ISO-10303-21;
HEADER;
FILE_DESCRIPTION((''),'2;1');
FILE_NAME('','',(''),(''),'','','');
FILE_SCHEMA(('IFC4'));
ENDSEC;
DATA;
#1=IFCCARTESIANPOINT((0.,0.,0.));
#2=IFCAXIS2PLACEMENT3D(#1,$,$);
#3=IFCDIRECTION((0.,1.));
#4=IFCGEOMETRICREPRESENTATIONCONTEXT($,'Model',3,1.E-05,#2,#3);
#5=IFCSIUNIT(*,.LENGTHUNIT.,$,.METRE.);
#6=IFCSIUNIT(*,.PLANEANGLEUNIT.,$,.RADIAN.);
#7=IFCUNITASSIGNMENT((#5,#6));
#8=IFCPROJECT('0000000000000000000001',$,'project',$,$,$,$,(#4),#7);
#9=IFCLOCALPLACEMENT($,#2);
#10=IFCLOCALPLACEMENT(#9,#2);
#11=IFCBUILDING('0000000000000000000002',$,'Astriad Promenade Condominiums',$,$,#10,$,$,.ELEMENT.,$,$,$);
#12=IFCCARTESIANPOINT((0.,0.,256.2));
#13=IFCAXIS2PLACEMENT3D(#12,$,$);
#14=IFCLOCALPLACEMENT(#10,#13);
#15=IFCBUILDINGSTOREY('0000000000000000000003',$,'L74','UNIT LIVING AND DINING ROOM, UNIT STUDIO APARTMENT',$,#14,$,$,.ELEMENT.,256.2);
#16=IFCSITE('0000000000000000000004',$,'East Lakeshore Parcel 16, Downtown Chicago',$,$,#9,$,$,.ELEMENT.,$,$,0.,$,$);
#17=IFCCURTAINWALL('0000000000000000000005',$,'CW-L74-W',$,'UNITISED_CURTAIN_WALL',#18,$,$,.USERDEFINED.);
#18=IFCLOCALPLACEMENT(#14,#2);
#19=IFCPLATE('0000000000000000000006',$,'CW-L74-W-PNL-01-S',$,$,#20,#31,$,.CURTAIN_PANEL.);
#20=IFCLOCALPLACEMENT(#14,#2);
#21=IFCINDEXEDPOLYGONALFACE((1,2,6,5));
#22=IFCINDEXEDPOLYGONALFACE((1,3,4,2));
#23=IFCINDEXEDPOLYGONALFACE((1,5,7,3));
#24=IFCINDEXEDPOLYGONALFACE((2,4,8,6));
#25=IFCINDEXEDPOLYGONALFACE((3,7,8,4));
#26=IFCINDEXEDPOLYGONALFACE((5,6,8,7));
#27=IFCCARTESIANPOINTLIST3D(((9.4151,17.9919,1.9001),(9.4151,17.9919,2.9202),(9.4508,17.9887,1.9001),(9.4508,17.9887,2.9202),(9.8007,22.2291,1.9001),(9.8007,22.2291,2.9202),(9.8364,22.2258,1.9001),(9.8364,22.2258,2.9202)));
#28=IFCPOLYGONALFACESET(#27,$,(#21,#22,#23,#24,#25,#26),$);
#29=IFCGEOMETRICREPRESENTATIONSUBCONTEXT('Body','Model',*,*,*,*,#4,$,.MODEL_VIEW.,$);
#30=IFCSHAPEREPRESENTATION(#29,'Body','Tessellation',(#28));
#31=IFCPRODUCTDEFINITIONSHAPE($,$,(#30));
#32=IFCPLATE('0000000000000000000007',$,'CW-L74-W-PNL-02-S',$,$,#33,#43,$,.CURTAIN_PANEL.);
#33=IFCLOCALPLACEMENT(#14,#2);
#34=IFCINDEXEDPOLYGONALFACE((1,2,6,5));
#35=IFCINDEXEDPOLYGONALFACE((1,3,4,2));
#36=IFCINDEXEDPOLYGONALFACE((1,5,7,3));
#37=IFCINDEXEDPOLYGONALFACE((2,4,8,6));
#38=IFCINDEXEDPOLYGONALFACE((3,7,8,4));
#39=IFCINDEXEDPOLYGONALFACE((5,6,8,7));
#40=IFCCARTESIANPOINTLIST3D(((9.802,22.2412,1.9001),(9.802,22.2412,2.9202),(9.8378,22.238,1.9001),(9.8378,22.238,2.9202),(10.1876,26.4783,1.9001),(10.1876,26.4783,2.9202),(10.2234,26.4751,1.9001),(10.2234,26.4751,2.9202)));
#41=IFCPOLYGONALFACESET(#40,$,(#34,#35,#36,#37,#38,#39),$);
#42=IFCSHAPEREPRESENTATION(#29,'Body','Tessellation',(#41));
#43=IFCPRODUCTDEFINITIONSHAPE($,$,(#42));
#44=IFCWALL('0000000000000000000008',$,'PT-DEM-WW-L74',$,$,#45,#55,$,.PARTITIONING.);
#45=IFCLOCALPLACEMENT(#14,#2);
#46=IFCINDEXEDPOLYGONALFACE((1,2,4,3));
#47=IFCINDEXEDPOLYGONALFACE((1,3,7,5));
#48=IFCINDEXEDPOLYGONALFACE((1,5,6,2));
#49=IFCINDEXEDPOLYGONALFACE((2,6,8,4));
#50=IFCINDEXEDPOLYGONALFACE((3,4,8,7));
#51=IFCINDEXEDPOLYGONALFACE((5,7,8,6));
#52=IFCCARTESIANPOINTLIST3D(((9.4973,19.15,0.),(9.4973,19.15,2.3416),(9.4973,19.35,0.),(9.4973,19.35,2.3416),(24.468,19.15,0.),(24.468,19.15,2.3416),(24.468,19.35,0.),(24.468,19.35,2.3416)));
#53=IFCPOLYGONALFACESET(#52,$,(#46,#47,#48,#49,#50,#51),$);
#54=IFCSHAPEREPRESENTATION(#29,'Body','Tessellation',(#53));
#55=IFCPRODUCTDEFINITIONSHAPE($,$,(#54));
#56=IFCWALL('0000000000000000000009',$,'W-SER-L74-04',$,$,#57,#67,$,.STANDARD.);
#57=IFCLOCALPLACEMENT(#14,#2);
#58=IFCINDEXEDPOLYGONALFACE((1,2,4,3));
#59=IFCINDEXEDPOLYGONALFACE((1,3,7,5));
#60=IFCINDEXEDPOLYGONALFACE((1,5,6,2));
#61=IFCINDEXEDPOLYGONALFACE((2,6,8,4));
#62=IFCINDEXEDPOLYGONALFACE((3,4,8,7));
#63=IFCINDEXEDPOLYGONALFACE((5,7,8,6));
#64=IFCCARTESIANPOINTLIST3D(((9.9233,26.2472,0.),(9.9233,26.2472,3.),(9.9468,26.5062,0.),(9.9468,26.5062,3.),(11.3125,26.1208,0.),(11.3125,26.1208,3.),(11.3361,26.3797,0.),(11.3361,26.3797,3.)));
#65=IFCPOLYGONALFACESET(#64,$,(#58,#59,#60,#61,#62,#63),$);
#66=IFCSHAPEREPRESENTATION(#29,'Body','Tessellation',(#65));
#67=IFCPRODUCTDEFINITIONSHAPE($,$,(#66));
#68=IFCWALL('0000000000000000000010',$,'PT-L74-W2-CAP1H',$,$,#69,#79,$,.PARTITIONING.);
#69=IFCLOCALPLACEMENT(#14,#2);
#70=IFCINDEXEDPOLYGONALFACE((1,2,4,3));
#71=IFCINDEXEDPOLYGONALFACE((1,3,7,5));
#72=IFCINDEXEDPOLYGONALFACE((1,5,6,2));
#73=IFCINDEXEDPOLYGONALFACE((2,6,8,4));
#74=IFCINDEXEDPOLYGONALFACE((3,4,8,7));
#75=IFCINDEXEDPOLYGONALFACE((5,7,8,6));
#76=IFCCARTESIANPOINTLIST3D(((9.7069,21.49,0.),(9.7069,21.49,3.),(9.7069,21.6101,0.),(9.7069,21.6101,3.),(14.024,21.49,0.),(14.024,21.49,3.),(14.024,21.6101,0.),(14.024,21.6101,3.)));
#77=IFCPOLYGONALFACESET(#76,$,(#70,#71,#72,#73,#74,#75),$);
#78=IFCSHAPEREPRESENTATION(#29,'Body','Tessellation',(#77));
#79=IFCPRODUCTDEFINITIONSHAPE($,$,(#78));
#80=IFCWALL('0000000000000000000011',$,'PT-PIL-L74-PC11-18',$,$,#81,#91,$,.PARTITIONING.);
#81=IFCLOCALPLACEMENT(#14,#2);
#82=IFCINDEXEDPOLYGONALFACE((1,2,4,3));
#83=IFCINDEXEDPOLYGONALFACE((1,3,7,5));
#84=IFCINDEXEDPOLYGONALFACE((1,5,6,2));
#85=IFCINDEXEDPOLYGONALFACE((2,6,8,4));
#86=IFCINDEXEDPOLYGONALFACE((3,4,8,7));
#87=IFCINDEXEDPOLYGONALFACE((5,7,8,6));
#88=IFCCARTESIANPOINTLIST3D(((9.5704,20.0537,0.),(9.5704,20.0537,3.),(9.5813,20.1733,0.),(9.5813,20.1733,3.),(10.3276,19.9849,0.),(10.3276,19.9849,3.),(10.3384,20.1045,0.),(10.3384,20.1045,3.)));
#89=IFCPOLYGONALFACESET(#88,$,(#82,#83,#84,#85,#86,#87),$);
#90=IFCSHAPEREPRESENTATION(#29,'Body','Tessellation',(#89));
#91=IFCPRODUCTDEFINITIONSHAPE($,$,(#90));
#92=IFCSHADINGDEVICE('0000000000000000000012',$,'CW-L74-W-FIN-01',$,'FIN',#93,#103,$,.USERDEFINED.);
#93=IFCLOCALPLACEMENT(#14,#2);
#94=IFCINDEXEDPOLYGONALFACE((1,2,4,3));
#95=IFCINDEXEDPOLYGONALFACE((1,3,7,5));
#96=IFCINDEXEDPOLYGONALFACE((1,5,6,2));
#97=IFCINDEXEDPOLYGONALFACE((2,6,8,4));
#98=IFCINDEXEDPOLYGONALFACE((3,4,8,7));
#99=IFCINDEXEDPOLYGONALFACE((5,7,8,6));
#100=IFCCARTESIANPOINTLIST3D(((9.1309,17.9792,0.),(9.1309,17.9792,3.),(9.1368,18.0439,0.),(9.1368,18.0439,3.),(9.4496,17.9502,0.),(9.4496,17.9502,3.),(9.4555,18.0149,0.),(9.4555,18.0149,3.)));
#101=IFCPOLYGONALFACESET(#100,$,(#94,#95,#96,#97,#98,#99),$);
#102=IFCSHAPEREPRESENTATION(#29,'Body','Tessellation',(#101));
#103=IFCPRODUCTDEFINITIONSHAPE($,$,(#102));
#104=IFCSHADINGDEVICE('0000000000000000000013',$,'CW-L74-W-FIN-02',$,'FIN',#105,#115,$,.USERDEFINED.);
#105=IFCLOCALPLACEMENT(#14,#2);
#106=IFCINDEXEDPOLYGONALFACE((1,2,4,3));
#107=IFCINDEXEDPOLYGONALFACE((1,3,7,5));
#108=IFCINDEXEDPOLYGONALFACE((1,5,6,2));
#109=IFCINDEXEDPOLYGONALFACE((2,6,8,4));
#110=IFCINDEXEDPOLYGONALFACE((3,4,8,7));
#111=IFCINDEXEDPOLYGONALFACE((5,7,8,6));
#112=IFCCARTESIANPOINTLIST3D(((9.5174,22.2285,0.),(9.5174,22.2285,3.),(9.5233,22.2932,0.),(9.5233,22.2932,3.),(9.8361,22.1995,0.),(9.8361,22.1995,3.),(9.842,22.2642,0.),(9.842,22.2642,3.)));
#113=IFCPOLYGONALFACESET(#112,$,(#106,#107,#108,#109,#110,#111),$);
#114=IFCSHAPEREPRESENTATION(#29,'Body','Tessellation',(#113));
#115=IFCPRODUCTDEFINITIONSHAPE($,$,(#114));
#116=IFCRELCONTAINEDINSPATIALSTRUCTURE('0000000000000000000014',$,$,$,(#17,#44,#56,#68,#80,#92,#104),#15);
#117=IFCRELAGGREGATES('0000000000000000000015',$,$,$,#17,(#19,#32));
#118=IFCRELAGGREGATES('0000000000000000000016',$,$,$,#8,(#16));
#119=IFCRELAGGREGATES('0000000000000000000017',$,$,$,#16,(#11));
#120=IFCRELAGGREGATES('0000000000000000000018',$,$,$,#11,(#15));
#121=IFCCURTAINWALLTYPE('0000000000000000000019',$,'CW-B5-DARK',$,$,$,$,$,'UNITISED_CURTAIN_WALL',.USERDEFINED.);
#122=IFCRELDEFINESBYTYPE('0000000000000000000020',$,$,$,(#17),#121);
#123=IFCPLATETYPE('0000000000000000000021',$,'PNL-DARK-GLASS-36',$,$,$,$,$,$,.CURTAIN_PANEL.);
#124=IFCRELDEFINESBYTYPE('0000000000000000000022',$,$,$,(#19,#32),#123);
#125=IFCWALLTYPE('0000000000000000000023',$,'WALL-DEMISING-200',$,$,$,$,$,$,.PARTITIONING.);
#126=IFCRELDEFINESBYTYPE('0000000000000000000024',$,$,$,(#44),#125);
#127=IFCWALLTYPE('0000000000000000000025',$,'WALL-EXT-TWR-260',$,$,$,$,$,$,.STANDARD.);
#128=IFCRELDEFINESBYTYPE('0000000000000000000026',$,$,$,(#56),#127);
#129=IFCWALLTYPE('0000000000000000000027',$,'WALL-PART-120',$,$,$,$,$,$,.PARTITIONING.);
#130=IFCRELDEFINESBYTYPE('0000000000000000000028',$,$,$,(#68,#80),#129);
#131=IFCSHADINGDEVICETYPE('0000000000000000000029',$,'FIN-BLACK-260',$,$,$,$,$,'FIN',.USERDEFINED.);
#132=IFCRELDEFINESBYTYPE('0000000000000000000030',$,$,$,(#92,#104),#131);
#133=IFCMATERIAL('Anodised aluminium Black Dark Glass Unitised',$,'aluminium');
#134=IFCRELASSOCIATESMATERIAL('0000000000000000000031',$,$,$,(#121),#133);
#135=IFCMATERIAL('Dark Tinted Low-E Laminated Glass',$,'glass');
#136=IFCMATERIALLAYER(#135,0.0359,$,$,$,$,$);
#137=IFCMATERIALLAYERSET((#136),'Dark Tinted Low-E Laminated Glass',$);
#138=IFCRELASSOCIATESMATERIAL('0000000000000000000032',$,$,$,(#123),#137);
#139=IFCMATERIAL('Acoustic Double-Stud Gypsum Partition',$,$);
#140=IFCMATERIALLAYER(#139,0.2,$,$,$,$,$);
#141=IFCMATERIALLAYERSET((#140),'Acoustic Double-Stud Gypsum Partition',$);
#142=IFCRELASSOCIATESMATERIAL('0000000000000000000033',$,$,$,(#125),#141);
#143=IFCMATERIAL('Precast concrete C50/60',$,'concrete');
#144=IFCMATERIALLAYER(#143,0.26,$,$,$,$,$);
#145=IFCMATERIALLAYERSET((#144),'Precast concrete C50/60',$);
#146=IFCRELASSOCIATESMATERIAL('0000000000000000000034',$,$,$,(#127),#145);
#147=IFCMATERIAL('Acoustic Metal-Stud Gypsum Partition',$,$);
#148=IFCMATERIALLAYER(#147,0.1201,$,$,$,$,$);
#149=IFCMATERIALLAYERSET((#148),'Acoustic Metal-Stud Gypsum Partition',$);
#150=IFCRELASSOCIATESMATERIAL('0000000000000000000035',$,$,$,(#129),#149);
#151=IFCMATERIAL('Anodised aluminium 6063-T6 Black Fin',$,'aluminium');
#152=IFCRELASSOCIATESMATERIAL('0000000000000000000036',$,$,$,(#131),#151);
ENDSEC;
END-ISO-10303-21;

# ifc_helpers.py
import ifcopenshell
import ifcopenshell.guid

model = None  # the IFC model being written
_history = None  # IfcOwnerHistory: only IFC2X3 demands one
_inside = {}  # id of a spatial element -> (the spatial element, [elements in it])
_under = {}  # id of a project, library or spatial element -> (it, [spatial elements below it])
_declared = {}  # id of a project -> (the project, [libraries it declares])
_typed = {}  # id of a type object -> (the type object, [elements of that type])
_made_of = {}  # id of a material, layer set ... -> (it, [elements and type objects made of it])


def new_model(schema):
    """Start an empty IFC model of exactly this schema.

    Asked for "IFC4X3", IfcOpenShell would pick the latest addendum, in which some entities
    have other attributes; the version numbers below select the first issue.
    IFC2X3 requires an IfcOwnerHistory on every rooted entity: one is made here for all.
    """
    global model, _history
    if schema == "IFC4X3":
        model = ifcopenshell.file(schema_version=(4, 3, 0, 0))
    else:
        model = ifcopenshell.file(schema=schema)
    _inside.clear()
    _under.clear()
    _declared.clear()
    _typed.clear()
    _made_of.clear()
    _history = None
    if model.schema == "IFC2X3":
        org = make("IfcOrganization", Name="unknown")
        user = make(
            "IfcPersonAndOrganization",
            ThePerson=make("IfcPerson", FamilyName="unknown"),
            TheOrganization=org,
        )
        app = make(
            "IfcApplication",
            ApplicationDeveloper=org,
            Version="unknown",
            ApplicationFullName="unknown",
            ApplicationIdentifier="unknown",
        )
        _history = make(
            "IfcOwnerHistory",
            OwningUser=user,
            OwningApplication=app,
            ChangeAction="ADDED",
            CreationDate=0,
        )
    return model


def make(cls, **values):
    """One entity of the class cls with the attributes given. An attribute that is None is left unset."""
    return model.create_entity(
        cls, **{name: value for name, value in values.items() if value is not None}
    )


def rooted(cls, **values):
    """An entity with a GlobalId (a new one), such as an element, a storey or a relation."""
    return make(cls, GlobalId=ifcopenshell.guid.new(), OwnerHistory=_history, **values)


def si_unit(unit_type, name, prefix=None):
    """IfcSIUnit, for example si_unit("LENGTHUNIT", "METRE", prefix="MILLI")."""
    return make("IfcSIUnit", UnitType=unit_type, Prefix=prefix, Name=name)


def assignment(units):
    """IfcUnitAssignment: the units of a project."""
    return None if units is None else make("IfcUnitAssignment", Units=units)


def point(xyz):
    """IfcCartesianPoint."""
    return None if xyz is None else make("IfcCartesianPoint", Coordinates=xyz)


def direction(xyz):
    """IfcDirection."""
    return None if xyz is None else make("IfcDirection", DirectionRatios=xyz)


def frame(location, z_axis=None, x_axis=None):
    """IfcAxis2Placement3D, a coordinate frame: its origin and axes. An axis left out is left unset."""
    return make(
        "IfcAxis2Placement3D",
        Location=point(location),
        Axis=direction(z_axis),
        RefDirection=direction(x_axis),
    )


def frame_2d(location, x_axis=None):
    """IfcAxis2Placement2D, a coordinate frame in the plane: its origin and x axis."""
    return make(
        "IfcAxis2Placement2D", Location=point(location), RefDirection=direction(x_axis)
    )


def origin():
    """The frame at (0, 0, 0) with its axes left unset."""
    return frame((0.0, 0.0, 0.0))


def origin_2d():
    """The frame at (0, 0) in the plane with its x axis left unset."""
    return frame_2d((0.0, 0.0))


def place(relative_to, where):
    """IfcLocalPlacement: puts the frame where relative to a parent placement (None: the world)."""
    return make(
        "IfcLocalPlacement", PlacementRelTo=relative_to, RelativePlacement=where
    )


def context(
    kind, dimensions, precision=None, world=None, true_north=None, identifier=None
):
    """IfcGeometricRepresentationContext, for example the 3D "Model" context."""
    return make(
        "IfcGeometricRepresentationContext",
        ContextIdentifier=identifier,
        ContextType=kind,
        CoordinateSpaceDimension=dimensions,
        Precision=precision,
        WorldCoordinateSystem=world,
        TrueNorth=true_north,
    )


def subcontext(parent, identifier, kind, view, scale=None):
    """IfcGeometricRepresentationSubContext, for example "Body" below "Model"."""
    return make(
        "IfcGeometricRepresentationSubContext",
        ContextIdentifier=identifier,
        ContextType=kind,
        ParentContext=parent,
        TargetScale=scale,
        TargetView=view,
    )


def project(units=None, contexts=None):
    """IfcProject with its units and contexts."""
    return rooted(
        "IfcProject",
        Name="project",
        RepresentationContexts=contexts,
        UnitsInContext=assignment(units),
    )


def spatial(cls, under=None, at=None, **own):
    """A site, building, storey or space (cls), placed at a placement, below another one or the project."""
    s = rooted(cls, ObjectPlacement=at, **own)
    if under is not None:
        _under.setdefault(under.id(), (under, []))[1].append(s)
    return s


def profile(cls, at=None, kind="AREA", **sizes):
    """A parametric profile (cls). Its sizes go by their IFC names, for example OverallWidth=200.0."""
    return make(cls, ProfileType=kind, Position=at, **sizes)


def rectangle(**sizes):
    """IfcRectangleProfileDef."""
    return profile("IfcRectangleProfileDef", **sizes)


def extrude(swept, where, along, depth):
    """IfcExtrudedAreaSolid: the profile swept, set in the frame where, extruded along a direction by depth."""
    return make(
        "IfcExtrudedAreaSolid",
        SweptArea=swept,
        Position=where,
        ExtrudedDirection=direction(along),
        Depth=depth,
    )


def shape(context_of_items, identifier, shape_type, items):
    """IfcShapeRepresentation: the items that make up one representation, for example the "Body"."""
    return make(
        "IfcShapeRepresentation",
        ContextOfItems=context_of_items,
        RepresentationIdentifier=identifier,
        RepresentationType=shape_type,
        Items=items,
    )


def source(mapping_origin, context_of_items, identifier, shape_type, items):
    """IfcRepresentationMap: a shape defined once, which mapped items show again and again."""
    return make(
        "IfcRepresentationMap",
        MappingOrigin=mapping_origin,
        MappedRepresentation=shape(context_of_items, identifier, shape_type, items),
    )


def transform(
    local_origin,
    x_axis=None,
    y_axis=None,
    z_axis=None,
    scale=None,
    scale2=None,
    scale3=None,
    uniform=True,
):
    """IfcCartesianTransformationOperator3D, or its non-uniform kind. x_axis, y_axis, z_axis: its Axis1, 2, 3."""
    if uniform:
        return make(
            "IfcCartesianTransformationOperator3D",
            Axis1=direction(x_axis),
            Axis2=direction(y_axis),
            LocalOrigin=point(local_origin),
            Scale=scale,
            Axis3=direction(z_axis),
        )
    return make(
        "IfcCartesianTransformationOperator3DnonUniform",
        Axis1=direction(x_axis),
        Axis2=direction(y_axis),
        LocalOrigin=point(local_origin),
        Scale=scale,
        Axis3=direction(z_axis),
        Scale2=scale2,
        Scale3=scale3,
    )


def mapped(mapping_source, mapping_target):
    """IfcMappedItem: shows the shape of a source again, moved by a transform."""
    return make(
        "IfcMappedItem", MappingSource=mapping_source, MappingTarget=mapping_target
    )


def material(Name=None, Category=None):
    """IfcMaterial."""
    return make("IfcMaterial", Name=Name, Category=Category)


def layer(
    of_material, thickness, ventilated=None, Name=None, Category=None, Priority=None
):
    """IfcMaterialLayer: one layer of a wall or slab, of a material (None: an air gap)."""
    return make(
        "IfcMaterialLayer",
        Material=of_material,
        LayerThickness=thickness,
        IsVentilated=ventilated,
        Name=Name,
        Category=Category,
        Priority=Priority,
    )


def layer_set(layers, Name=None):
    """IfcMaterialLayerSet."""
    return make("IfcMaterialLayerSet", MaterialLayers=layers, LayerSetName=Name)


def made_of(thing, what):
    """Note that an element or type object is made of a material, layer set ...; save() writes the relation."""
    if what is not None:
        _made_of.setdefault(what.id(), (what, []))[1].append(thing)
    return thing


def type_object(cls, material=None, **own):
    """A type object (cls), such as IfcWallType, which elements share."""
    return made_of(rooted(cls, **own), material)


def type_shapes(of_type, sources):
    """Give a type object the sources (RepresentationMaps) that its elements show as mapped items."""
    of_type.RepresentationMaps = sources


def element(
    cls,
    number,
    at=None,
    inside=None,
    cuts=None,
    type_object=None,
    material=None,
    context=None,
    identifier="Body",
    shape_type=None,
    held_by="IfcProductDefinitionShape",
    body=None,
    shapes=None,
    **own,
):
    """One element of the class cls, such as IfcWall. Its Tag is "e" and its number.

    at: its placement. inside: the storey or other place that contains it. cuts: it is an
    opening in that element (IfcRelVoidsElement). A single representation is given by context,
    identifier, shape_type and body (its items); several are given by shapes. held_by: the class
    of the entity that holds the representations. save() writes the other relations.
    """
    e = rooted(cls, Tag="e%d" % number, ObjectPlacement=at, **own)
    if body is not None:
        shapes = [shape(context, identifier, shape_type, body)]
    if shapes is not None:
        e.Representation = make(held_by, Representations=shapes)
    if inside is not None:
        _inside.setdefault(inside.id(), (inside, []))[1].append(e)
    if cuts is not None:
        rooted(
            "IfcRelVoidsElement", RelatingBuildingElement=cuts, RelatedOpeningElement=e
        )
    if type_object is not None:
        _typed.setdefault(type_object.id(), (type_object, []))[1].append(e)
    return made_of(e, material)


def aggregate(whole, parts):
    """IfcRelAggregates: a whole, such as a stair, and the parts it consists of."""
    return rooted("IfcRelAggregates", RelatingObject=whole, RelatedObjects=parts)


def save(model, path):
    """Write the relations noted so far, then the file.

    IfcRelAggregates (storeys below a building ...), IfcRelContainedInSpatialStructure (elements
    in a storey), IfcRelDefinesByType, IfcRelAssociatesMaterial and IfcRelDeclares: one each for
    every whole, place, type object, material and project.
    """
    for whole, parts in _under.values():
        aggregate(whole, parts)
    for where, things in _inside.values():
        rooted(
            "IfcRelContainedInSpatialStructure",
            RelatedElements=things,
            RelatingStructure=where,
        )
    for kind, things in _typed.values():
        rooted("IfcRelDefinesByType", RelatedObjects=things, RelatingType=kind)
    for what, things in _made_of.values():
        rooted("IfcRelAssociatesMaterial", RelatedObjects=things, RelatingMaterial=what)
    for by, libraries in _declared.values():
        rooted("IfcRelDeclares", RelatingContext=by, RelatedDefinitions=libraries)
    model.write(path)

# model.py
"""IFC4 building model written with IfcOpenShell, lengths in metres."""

from ifc_helpers import new_model, si_unit, direction, frame, frame_2d, origin, origin_2d, place, context, subcontext, project, spatial, rectangle, extrude, source, transform, mapped, material, layer, layer_set, type_object, type_shapes, element, aggregate, save


model = new_model("IFC4")

# Units and contexts
model_context = context("Model", 3, precision=1e-05, world=origin(), true_north=direction((0.0, 1.0)))
body_context = subcontext(model_context, "Body", "Model", "MODEL_VIEW")
ifc_project = project(units=[si_unit("LENGTHUNIT", "METRE"), si_unit("PLANEANGLEUNIT", "RADIAN")], contexts=[model_context])

# Site, building, storey
site_placement = place(None, origin())
site = spatial("IfcSite", under=ifc_project, at=site_placement, Name="East Lakeshore Parcel 16, Downtown Chicago", CompositionType="ELEMENT", RefElevation=0.0)
building_placement = place(site_placement, origin())
building = spatial("IfcBuilding", under=site, at=building_placement, Name="Astriad Promenade Condominiums", CompositionType="ELEMENT")
storey_placement = place(building_placement, frame((0.0, 0.0, 256.2)))
storey = spatial("IfcBuildingStorey", under=building, at=storey_placement, Name="L74", Description="UNIT LIVING AND DINING ROOM, UNIT STUDIO APARTMENT", CompositionType="ELEMENT", Elevation=256.2)

# Curtain wall, plates
ifc_material_1 = material(Name="Anodised aluminium Black Dark Glass Unitised", Category="aluminium")
curtain_wall_type = type_object("IfcCurtainWallType", Name="CW-B5-DARK", ElementType="UNITISED_CURTAIN_WALL", PredefinedType="USERDEFINED", material=ifc_material_1)
curtain_wall_placement = place(storey_placement, origin())
curtain_wall = element("IfcCurtainWall", 1, at=curtain_wall_placement, inside=storey, type_object=curtain_wall_type, Name="CW-L74-W", ObjectType="UNITISED_CURTAIN_WALL", PredefinedType="USERDEFINED")
ifc_material_2 = material(Name="Dark Tinted Low-E Laminated Glass", Category="glass")
ifc_layer_1 = layer(ifc_material_2, 0.0359)
ifc_layer_set_1 = layer_set([ifc_layer_1], Name="Dark Tinted Low-E Laminated Glass")
plate_type = type_object("IfcPlateType", Name="PNL-DARK-GLASS-36", PredefinedType="CURTAIN_PANEL", material=ifc_layer_set_1)
shared_shape_1 = source(origin(), body_context, "Body", "SweptSolid", [
    extrude(rectangle(XDim=4.2546, YDim=0.0359, at=origin_2d()), origin(), (0.0, 0.0, 1.0), 1.02),
])
plate_1_placement = place(storey_placement, frame((9.6257, 20.1089, 1.9001), z_axis=(0.0, 0.0, 1.0), x_axis=(0.090633, 0.995884, 0.0)))
plate_1 = element("IfcPlate", 2, at=plate_1_placement, type_object=plate_type, Name="CW-L74-W-PNL-01-S", PredefinedType="CURTAIN_PANEL", context=body_context, shape_type="MappedRepresentation", body=[
    mapped(shared_shape_1, transform((0.0, 0.0, 0.0), scale=1.0)),
])
plate_2_placement = place(storey_placement, frame((10.0127, 24.3582, 1.9001), z_axis=(0.0, 0.0, 1.0), x_axis=(0.090633, 0.995884, 0.0)))
plate_2 = element("IfcPlate", 3, at=plate_2_placement, type_object=plate_type, Name="CW-L74-W-PNL-02-S", PredefinedType="CURTAIN_PANEL", context=body_context, shape_type="MappedRepresentation", body=[
    mapped(shared_shape_1, transform((0.0, 0.0, 0.0), scale=1.0)),
])
aggregate(curtain_wall, [plate_1, plate_2])

# Walls
ifc_material_3 = material(Name="Acoustic Double-Stud Gypsum Partition")
ifc_layer_2 = layer(ifc_material_3, 0.2)
ifc_layer_set_2 = layer_set([ifc_layer_2], Name="Acoustic Double-Stud Gypsum Partition")
wall_type_1 = type_object("IfcWallType", Name="WALL-DEMISING-200", PredefinedType="PARTITIONING", material=ifc_layer_set_2)
wall_1_placement = place(storey_placement, frame((9.4973, 19.25, 0.0), z_axis=(0.0, 0.0, 1.0), x_axis=(1.0, 0.0, 0.0)))
element("IfcWall", 4, at=wall_1_placement, inside=storey, type_object=wall_type_1, Name="PT-DEM-WW-L74", PredefinedType="PARTITIONING", context=body_context, shape_type="SweptSolid", body=[
    extrude(rectangle(XDim=14.9707, YDim=0.2, at=frame_2d((7.4854, 0.0))), origin(), (0.0, 0.0, 1.0), 2.3416),
])
ifc_material_4 = material(Name="Precast concrete C50/60", Category="concrete")
ifc_layer_3 = layer(ifc_material_4, 0.26)
ifc_layer_set_3 = layer_set([ifc_layer_3], Name="Precast concrete C50/60")
wall_type_2 = type_object("IfcWallType", Name="WALL-EXT-TWR-260", PredefinedType="STANDARD", material=ifc_layer_set_3)
wall_2_placement = place(storey_placement, frame((9.9351, 26.3767, 0.0), z_axis=(0.0, 0.0, 1.0), x_axis=(0.995882, -0.090662, 0.0)))
element("IfcWall", 5, at=wall_2_placement, inside=storey, type_object=wall_type_2, Name="W-SER-L74-04", PredefinedType="STANDARD", context=body_context, shape_type="SweptSolid", body=[
    extrude(rectangle(XDim=1.395, YDim=0.26, at=frame_2d((0.6975, 0.0))), origin(), (0.0, 0.0, 1.0), 3.0),
])
ifc_material_5 = material(Name="Acoustic Metal-Stud Gypsum Partition")
ifc_layer_4 = layer(ifc_material_5, 0.1201)
ifc_layer_set_4 = layer_set([ifc_layer_4], Name="Acoustic Metal-Stud Gypsum Partition")
wall_type_3 = type_object("IfcWallType", Name="WALL-PART-120", PredefinedType="PARTITIONING", material=ifc_layer_set_4)
wall_3_placement = place(storey_placement, frame((9.7068, 21.55, 0.0), z_axis=(0.0, 0.0, 1.0), x_axis=(1.0, 0.0, 0.0)))
element("IfcWall", 6, at=wall_3_placement, inside=storey, type_object=wall_type_3, Name="PT-L74-W2-CAP1H", PredefinedType="PARTITIONING", context=body_context, shape_type="SweptSolid", body=[
    extrude(rectangle(XDim=4.3171, YDim=0.1201, at=frame_2d((2.1587, 0.0))), origin(), (0.0, 0.0, 1.0), 3.0),
])
wall_4_placement = place(storey_placement, frame((10.333, 20.0447, 0.0), z_axis=(0.0, 0.0, 1.0), x_axis=(-0.995891, 0.090565, 0.0)))
element("IfcWall", 7, at=wall_4_placement, inside=storey, type_object=wall_type_3, Name="PT-PIL-L74-PC11-18", PredefinedType="PARTITIONING", context=body_context, shape_type="SweptSolid", body=[
    extrude(rectangle(XDim=0.7603, YDim=0.1201, at=frame_2d((0.3801, 0.0))), origin(), (0.0, 0.0, 1.0), 3.0),
])

# Shading devices
ifc_material_6 = material(Name="Anodised aluminium 6063-T6 Black Fin", Category="aluminium")
shading_device_type = type_object("IfcShadingDeviceType", Name="FIN-BLACK-260", ElementType="FIN", PredefinedType="USERDEFINED", material=ifc_material_6)
shared_shape_2 = source(origin(), body_context, "Body", "SweptSolid", [
    extrude(rectangle(XDim=0.0649, YDim=0.3201, at=origin_2d()), origin(), (0.0, 0.0, 1.0), 3.0),
])
type_shapes(shading_device_type, [shared_shape_2])
for number, where, z_axis, x_axis, name in (
    (8, (9.2932, 17.9971, 0.0), (0.0, 0.0, 1.0), (0.090633, 0.995884, 0.0), "CW-L74-W-FIN-01"),
    (9, (9.6797, 22.2463, 0.0), (0.0, 0.0, 1.0), (0.090633, 0.995884, 0.0), "CW-L74-W-FIN-02"),
):
    element("IfcShadingDevice", number, at=place(storey_placement, frame(where, z_axis=z_axis, x_axis=x_axis)), inside=storey, type_object=shading_device_type, Name=name, ObjectType="FIN", PredefinedType="USERDEFINED", context=body_context, shape_type="MappedRepresentation", body=[
        mapped(shared_shape_2, transform((0.0, 0.0, 0.0), scale=1.0)),
    ])

save(model, "model.ifc")
